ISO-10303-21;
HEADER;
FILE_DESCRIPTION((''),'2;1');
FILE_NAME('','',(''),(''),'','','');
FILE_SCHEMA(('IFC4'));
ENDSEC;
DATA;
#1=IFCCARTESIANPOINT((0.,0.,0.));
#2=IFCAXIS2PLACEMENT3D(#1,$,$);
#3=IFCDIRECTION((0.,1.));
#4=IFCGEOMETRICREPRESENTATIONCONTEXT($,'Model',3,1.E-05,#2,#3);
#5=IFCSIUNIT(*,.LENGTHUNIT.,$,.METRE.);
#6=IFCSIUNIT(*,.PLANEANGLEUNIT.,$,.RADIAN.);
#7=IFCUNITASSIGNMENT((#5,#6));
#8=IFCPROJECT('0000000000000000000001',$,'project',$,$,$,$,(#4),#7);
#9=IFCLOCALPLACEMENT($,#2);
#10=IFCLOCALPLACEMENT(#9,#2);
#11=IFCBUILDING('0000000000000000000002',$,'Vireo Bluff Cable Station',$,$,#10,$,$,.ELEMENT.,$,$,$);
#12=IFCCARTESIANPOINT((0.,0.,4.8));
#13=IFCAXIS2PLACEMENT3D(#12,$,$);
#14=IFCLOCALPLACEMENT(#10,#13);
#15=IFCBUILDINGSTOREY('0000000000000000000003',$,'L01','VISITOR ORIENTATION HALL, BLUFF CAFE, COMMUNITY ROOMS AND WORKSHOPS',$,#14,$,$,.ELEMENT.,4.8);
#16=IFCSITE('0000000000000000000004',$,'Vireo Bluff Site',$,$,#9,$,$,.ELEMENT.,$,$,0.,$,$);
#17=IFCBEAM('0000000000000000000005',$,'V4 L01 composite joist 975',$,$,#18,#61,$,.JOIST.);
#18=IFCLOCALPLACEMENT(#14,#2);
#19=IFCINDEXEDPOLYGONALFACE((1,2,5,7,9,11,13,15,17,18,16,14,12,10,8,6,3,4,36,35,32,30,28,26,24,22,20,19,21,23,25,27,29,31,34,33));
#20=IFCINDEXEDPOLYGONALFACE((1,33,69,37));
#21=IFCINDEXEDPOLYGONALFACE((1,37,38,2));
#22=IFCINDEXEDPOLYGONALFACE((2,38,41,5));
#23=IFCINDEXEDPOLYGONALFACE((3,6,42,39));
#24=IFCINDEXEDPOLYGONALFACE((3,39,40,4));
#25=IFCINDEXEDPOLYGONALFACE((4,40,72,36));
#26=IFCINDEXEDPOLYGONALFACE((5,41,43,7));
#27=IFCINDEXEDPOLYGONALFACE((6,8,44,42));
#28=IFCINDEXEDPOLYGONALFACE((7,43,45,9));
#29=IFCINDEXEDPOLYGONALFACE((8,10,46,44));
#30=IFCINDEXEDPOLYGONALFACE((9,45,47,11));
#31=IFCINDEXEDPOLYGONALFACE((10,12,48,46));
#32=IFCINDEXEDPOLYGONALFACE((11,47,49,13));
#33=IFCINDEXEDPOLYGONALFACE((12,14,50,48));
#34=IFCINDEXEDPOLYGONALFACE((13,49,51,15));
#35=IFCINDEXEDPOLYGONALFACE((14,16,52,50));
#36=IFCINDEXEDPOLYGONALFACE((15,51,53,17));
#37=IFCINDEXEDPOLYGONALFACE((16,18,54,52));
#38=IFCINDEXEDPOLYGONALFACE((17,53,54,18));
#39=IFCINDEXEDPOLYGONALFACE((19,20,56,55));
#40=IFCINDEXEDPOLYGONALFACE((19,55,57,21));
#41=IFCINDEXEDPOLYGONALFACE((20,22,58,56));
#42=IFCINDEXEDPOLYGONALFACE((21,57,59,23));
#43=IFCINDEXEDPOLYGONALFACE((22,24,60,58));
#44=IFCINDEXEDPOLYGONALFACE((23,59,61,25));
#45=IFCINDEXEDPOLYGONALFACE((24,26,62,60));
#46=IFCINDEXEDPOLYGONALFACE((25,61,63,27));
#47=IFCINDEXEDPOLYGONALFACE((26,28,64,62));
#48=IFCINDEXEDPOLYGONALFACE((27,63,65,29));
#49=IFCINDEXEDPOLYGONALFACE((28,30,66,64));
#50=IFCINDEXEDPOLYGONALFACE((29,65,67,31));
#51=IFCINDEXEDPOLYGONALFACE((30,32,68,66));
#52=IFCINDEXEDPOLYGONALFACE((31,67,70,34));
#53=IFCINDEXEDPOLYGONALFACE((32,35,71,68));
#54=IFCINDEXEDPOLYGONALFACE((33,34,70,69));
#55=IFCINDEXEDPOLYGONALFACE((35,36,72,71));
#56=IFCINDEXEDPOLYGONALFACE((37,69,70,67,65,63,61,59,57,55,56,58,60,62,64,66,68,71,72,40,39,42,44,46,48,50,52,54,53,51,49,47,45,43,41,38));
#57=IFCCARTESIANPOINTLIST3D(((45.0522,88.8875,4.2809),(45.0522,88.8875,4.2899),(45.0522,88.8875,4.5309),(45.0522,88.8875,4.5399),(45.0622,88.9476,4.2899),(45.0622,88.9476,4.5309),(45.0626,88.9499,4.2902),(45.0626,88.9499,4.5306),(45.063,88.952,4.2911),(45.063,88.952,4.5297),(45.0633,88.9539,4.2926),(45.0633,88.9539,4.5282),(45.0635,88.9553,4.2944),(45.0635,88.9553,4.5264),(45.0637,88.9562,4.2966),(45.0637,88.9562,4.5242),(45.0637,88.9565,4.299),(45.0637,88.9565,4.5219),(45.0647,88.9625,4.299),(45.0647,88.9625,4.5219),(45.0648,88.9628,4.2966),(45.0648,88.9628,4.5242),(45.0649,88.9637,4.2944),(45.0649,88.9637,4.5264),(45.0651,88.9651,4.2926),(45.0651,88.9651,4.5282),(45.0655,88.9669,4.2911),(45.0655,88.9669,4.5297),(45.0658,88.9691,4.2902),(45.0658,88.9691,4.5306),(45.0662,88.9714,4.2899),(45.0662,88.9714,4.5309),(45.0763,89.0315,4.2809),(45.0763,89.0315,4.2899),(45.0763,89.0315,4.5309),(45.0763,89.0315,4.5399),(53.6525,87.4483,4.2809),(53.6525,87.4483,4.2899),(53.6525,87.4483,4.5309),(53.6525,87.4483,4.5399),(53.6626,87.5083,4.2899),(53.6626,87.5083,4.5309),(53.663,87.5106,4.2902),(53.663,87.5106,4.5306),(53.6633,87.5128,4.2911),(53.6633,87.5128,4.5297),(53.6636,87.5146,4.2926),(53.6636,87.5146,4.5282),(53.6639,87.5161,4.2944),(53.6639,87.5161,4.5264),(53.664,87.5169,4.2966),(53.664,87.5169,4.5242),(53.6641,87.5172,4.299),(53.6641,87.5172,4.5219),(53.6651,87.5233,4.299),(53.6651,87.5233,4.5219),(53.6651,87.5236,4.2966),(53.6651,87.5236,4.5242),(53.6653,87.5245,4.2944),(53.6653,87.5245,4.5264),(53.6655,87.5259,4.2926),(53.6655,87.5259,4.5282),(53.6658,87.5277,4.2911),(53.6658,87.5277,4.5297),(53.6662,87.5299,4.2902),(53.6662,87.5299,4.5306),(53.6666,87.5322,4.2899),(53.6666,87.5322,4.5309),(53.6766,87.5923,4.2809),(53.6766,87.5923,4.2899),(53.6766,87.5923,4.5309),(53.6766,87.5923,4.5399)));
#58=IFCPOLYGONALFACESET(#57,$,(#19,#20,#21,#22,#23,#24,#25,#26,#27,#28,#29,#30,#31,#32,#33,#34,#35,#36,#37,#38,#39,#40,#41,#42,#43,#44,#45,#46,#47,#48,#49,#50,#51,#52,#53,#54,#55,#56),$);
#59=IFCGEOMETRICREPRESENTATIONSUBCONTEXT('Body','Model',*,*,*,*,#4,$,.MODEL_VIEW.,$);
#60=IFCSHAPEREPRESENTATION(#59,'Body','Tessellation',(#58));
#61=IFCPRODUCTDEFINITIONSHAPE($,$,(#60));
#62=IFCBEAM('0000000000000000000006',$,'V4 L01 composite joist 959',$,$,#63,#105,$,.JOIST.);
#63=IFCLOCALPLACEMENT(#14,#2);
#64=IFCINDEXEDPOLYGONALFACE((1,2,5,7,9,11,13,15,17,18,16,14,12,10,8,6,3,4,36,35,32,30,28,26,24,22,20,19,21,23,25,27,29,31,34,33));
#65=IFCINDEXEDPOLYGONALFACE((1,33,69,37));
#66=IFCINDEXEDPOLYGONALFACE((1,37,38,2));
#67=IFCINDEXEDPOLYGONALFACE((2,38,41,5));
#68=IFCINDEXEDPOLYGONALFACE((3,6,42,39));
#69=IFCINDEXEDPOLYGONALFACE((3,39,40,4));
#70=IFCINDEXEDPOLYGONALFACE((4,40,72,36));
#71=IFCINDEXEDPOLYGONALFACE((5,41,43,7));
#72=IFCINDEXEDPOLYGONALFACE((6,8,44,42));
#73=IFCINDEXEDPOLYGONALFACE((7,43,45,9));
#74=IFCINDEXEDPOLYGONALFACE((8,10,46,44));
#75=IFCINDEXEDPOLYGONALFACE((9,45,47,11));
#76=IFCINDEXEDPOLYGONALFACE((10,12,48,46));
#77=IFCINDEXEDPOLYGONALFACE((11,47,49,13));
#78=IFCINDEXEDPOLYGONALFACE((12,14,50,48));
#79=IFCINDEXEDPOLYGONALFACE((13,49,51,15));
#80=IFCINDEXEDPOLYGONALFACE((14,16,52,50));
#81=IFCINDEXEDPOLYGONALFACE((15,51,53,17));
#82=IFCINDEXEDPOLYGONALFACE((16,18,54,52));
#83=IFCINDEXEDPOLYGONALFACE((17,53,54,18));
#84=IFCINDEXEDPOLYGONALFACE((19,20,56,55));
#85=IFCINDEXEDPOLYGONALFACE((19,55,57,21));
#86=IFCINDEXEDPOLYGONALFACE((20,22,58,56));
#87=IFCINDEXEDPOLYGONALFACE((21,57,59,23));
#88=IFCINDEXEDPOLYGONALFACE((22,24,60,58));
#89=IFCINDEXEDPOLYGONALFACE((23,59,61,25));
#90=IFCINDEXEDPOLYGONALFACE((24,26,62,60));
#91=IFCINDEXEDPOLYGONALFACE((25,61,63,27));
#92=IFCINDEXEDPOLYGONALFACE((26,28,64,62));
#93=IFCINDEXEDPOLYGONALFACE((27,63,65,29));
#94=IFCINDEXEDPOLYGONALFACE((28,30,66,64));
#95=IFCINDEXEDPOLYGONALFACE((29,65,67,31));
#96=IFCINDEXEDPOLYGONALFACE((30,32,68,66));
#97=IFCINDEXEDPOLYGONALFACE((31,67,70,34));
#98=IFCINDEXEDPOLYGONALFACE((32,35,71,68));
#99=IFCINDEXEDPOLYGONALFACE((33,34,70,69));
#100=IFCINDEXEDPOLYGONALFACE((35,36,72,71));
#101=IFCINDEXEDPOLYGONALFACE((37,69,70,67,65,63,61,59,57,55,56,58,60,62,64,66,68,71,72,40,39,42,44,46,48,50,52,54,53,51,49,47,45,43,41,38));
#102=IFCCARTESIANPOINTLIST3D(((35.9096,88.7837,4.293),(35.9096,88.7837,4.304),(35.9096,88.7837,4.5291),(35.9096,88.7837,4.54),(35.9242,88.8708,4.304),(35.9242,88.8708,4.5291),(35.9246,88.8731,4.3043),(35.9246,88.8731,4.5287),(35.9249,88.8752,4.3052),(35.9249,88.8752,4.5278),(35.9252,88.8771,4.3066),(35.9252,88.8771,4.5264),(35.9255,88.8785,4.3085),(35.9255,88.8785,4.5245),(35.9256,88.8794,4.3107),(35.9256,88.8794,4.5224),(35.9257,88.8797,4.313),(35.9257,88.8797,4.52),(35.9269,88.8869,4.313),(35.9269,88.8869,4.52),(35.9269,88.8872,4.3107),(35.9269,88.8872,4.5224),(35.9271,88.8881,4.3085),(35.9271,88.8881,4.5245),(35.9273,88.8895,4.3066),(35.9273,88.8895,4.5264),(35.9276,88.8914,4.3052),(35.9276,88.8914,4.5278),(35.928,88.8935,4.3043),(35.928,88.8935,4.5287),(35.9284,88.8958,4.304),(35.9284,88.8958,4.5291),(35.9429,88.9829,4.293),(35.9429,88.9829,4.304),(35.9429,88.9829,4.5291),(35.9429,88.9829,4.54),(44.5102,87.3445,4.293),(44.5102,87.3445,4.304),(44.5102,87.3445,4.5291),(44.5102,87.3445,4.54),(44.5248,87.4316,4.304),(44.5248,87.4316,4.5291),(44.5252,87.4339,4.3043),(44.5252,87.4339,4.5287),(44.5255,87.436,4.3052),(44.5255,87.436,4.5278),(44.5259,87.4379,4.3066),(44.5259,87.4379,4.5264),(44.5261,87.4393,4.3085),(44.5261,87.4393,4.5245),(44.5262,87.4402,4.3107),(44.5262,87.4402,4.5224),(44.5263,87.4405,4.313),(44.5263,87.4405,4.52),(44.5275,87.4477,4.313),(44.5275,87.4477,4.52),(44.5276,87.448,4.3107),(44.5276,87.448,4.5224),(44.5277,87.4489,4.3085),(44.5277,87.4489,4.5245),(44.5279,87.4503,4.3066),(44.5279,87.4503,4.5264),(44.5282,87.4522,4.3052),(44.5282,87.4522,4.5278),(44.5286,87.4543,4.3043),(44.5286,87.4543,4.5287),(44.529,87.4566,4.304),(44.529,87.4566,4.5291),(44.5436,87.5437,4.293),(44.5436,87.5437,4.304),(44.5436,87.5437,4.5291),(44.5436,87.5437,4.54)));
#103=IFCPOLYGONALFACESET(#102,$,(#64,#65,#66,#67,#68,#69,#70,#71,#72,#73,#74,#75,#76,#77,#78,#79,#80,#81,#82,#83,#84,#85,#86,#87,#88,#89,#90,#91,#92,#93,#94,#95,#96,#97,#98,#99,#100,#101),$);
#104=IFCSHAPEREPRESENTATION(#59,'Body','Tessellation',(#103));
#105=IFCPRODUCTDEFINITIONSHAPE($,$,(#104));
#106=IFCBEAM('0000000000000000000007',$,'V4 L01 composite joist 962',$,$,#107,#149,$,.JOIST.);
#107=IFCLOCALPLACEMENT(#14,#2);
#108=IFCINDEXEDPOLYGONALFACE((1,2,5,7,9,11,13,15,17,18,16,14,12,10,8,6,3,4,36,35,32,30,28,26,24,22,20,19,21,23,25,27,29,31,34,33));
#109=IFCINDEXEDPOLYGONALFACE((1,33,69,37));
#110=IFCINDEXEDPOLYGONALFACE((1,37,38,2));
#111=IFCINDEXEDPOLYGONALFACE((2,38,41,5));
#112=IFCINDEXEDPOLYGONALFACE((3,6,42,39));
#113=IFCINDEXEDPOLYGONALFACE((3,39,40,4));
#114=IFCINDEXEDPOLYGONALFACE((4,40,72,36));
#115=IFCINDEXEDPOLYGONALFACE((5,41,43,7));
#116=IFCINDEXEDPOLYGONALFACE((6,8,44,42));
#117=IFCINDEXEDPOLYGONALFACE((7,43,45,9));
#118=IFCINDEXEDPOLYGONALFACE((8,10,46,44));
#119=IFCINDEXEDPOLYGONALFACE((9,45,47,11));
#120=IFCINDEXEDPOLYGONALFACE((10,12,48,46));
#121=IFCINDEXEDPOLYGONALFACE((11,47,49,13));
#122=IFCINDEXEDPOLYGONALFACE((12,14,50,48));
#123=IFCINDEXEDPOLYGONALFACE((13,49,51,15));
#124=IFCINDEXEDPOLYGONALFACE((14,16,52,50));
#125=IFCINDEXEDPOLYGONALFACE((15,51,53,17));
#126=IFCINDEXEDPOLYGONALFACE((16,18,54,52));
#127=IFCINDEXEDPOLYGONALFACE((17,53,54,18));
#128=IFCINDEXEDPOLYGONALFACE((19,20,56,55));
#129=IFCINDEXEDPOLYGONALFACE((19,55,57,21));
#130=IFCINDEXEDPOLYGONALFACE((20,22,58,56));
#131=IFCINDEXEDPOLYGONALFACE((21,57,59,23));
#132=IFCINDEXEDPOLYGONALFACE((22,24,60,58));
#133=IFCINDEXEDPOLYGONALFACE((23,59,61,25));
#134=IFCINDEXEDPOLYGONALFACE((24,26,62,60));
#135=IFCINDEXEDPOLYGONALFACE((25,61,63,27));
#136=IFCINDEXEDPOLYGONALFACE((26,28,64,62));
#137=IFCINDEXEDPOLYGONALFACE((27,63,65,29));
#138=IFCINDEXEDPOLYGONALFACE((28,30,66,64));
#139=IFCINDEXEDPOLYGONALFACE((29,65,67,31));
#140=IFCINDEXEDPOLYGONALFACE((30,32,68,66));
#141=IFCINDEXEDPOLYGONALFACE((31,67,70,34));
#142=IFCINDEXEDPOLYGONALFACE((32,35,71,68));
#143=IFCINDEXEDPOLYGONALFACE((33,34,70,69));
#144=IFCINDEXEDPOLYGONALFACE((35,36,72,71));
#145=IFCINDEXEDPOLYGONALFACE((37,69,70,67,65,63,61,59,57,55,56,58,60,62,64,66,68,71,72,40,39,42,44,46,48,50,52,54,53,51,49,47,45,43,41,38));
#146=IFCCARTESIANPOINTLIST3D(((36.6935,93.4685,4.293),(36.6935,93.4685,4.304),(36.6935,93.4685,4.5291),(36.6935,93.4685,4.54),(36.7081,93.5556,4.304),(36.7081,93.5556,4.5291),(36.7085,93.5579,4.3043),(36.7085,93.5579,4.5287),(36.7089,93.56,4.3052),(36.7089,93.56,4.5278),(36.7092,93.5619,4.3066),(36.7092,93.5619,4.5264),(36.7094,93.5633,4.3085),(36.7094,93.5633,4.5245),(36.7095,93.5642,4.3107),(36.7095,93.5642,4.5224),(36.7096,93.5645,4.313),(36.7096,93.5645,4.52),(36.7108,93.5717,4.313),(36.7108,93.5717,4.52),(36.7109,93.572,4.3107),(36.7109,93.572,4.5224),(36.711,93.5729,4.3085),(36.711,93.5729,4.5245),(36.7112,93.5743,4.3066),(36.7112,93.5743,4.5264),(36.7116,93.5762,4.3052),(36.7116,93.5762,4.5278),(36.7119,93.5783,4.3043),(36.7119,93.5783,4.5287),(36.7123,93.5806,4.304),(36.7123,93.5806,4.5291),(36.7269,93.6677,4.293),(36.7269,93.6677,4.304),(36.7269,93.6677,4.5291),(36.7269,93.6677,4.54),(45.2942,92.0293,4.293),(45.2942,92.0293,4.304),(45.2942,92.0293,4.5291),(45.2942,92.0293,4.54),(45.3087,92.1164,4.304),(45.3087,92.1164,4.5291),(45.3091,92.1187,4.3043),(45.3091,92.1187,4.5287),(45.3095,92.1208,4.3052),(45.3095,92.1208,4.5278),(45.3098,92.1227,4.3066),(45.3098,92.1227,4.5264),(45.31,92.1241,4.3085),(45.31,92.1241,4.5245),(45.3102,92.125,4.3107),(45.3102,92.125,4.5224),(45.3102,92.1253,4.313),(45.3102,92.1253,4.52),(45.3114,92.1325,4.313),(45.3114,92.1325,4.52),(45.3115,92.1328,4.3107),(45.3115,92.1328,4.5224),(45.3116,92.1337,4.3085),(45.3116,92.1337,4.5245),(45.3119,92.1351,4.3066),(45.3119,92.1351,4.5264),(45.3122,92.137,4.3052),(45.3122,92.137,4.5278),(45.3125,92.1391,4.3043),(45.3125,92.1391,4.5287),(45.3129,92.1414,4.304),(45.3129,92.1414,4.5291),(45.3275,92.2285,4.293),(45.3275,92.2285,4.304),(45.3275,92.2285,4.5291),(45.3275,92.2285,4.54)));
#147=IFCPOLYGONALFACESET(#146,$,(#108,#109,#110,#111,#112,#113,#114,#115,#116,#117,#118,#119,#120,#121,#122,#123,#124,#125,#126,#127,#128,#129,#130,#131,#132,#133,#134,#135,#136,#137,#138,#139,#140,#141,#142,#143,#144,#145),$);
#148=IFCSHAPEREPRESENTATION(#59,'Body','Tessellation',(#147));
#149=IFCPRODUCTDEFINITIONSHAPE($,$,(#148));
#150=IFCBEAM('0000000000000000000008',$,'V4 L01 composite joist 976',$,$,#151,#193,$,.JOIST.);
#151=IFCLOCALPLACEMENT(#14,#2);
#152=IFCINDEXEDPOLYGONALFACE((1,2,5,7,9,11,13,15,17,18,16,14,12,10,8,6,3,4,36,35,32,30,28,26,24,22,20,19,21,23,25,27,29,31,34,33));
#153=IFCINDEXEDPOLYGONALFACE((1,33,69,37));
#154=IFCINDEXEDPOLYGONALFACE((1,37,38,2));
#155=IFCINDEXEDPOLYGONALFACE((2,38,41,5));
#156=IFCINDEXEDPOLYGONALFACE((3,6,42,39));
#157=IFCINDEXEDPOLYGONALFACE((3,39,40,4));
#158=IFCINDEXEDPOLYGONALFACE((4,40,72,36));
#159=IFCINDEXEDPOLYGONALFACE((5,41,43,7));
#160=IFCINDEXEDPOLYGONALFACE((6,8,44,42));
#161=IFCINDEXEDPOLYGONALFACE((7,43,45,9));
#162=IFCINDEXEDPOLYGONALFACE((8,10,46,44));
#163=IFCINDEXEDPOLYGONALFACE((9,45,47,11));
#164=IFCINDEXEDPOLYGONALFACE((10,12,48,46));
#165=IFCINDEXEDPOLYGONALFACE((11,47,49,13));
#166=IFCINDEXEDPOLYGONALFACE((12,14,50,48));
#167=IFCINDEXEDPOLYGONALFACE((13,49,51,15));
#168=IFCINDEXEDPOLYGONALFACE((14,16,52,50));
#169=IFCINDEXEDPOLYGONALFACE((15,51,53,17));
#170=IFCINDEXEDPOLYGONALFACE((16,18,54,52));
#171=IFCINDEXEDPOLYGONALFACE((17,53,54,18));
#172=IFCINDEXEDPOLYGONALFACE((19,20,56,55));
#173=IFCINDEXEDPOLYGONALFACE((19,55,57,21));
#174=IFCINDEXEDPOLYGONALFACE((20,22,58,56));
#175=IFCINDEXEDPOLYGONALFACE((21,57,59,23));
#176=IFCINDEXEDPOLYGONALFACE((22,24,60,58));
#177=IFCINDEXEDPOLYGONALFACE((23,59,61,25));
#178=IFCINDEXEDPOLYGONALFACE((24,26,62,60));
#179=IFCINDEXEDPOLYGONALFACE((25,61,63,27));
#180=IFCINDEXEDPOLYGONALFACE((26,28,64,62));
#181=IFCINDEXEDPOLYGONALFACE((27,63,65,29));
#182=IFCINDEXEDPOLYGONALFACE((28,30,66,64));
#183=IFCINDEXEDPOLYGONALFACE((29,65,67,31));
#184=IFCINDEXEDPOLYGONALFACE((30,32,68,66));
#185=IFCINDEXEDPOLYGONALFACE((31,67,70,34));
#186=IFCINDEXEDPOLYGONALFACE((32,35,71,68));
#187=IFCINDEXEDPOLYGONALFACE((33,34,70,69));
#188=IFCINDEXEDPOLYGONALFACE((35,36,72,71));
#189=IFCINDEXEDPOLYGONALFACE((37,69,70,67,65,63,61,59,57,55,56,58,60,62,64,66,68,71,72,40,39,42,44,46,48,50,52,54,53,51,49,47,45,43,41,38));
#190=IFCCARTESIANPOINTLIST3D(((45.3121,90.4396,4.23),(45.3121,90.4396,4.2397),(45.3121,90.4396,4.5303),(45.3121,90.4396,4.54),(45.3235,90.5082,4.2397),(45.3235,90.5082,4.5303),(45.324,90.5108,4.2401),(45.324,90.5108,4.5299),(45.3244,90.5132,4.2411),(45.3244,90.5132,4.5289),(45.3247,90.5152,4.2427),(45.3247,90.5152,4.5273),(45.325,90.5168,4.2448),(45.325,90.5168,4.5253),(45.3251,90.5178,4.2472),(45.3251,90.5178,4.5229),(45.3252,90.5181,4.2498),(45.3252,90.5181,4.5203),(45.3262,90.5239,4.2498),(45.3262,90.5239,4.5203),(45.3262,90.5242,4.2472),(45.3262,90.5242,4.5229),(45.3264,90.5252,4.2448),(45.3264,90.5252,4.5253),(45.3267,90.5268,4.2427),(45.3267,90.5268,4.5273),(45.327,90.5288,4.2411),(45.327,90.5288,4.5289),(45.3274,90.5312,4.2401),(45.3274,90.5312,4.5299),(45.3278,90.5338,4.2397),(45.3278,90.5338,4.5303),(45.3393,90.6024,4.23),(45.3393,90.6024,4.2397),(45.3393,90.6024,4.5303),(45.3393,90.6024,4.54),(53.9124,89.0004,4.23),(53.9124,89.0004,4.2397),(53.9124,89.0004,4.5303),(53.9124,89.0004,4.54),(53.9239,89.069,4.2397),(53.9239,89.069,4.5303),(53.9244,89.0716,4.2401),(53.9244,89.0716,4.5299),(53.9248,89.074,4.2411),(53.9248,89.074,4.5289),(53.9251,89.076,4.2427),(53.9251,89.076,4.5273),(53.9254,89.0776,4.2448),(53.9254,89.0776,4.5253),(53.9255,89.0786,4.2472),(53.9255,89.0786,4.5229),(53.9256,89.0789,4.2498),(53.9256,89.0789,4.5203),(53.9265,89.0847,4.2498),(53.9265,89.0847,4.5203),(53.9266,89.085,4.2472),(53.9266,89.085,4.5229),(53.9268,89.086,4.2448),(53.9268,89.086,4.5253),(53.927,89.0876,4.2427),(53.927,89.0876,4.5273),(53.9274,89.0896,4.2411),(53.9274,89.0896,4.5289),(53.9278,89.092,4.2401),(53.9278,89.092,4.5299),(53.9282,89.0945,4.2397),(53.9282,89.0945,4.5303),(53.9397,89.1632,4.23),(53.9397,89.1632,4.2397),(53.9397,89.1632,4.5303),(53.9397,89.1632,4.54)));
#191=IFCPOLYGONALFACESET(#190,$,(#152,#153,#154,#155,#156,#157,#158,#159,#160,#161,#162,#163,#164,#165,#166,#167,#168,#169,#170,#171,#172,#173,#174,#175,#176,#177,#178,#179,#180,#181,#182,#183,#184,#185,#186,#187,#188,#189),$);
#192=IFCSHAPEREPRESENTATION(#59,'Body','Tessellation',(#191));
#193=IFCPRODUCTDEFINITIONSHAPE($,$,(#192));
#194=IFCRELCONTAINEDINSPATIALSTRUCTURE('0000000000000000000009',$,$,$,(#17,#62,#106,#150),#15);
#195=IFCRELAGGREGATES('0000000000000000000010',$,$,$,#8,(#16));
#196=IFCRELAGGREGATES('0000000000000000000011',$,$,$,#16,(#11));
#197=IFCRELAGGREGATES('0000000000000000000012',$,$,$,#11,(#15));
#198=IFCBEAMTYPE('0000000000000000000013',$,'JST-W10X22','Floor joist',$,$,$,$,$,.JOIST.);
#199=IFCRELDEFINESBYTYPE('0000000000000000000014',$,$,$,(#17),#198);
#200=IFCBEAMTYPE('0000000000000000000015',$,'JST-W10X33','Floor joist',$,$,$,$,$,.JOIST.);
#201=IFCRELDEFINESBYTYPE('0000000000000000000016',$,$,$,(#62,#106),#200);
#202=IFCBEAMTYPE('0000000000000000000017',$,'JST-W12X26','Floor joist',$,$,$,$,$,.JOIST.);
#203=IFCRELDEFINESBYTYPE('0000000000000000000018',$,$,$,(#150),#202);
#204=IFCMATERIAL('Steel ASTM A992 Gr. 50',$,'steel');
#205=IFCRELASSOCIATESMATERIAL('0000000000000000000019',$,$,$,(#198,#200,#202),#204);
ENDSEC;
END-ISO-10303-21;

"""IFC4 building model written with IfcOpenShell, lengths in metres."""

from ifc_helpers import new_model, si_unit, direction, frame, origin, origin_2d, place, context, subcontext, project, spatial, i_section, extrude, material, material_profile, profile_set, type_object, element, save


model = new_model("IFC4")

# Units and contexts
model_context = context("Model", 3, precision=1e-05, world=origin(), true_north=direction((0.0, 1.0)))
body_context = subcontext(model_context, "Body", "Model", "MODEL_VIEW")
ifc_project = project(units=[si_unit("LENGTHUNIT", "METRE"), si_unit("PLANEANGLEUNIT", "RADIAN")], contexts=[model_context])

# Site, building, storey
site_placement = place(None, origin())
site = spatial("IfcSite", under=ifc_project, at=site_placement, Name="Vireo Bluff Site", CompositionType="ELEMENT", RefElevation=0.0)
building_placement = place(site_placement, origin())
building = spatial("IfcBuilding", under=site, at=building_placement, Name="Vireo Bluff Cable Station", CompositionType="ELEMENT")
storey_placement = place(building_placement, frame((0.0, 0.0, 4.8)))
storey = spatial("IfcBuildingStorey", under=building, at=storey_placement, Name="L01", Description="VISITOR ORIENTATION HALL, BLUFF CAFE, COMMUNITY ROOMS AND WORKSHOPS", CompositionType="ELEMENT", Elevation=4.8)

# Shared definitions
ifc_material_1 = material(Name="Steel ASTM A992 Gr. 50", Category="steel")

# Beams
ifc_material_profile_1 = material_profile(ifc_material_1, i_section(OverallWidth=0.146, OverallDepth=0.259, WebThickness=0.0061, FlangeThickness=0.009, FilletRadius=0.009, at=origin_2d()), Name="W10X22")
ifc_profile_set_1 = profile_set([ifc_material_profile_1], Name="Steel ASTM A992 Gr. 50")
beam_type_1 = type_object("IfcBeamType", Name="JST-W10X22", Description="Floor joist", PredefinedType="JOIST", material=ifc_profile_set_1)
beam_1_placement = place(storey_placement, frame((45.0642, 88.9595, 4.4104), z_axis=(0.986286, -0.165048, 0.0), x_axis=(0.165048, 0.986286, 0.0)))
element("IfcBeam", 1, at=beam_1_placement, inside=storey, type_object=beam_type_1, Name="V4 L01 composite joist 975", PredefinedType="JOIST", context=body_context, shape_type="SweptSolid", body=[
    extrude(i_section(OverallWidth=0.146, OverallDepth=0.259, WebThickness=0.0061, FlangeThickness=0.009, FilletRadius=0.009, at=origin_2d()), origin(), (0.0, 0.0, 1.0), 8.72),
])
ifc_material_profile_2 = material_profile(ifc_material_1, i_section(OverallWidth=0.2019, OverallDepth=0.2471, WebThickness=0.0073, FlangeThickness=0.011, FilletRadius=0.009, at=origin_2d()), Name="W10X33")
ifc_profile_set_2 = profile_set([ifc_material_profile_2], Name="Steel ASTM A992 Gr. 50")
beam_type_2 = type_object("IfcBeamType", Name="JST-W10X33", Description="Floor joist", PredefinedType="JOIST", material=ifc_profile_set_2)
for number, where, z_axis, x_axis, name in (
    (2, (35.9263, 88.8833, 4.4165), (0.986286, -0.165044, 0.0), (0.165044, 0.986286, 0.0), "V4 L01 composite joist 959"),
    (3, (36.7102, 93.5681, 4.4165), (0.986286, -0.165044, 0.0), (0.165044, 0.986286, 0.0), "V4 L01 composite joist 962"),
):
    element("IfcBeam", number, at=place(storey_placement, frame(where, z_axis=z_axis, x_axis=x_axis)), inside=storey, type_object=beam_type_2, Name=name, PredefinedType="JOIST", context=body_context, shape_type="SweptSolid", body=[
        extrude(i_section(OverallWidth=0.2019, OverallDepth=0.2471, WebThickness=0.0073, FlangeThickness=0.011, FilletRadius=0.009, at=origin_2d()), origin(), (0.0, 0.0, 1.0), 8.7202),
    ])
ifc_material_profile_3 = material_profile(ifc_material_1, i_section(OverallWidth=0.165, OverallDepth=0.3101, WebThickness=0.0059, FlangeThickness=0.0098, FilletRadius=0.01, at=origin_2d()), Name="W12X26")
ifc_profile_set_3 = profile_set([ifc_material_profile_3], Name="Steel ASTM A992 Gr. 50")
beam_type_3 = type_object("IfcBeamType", Name="JST-W12X26", Description="Floor joist", PredefinedType="JOIST", material=ifc_profile_set_3)
beam_2_placement = place(storey_placement, frame((45.3257, 90.521, 4.385), z_axis=(0.986286, -0.165048, 0.0), x_axis=(0.165048, 0.986286, 0.0)))
element("IfcBeam", 4, at=beam_2_placement, inside=storey, type_object=beam_type_3, Name="V4 L01 composite joist 976", PredefinedType="JOIST", context=body_context, shape_type="SweptSolid", body=[
    extrude(i_section(OverallWidth=0.165, OverallDepth=0.3101, WebThickness=0.0059, FlangeThickness=0.0098, FilletRadius=0.01, at=origin_2d()), origin(), (0.0, 0.0, 1.0), 8.72),
])

save(model, "model.ifc")
